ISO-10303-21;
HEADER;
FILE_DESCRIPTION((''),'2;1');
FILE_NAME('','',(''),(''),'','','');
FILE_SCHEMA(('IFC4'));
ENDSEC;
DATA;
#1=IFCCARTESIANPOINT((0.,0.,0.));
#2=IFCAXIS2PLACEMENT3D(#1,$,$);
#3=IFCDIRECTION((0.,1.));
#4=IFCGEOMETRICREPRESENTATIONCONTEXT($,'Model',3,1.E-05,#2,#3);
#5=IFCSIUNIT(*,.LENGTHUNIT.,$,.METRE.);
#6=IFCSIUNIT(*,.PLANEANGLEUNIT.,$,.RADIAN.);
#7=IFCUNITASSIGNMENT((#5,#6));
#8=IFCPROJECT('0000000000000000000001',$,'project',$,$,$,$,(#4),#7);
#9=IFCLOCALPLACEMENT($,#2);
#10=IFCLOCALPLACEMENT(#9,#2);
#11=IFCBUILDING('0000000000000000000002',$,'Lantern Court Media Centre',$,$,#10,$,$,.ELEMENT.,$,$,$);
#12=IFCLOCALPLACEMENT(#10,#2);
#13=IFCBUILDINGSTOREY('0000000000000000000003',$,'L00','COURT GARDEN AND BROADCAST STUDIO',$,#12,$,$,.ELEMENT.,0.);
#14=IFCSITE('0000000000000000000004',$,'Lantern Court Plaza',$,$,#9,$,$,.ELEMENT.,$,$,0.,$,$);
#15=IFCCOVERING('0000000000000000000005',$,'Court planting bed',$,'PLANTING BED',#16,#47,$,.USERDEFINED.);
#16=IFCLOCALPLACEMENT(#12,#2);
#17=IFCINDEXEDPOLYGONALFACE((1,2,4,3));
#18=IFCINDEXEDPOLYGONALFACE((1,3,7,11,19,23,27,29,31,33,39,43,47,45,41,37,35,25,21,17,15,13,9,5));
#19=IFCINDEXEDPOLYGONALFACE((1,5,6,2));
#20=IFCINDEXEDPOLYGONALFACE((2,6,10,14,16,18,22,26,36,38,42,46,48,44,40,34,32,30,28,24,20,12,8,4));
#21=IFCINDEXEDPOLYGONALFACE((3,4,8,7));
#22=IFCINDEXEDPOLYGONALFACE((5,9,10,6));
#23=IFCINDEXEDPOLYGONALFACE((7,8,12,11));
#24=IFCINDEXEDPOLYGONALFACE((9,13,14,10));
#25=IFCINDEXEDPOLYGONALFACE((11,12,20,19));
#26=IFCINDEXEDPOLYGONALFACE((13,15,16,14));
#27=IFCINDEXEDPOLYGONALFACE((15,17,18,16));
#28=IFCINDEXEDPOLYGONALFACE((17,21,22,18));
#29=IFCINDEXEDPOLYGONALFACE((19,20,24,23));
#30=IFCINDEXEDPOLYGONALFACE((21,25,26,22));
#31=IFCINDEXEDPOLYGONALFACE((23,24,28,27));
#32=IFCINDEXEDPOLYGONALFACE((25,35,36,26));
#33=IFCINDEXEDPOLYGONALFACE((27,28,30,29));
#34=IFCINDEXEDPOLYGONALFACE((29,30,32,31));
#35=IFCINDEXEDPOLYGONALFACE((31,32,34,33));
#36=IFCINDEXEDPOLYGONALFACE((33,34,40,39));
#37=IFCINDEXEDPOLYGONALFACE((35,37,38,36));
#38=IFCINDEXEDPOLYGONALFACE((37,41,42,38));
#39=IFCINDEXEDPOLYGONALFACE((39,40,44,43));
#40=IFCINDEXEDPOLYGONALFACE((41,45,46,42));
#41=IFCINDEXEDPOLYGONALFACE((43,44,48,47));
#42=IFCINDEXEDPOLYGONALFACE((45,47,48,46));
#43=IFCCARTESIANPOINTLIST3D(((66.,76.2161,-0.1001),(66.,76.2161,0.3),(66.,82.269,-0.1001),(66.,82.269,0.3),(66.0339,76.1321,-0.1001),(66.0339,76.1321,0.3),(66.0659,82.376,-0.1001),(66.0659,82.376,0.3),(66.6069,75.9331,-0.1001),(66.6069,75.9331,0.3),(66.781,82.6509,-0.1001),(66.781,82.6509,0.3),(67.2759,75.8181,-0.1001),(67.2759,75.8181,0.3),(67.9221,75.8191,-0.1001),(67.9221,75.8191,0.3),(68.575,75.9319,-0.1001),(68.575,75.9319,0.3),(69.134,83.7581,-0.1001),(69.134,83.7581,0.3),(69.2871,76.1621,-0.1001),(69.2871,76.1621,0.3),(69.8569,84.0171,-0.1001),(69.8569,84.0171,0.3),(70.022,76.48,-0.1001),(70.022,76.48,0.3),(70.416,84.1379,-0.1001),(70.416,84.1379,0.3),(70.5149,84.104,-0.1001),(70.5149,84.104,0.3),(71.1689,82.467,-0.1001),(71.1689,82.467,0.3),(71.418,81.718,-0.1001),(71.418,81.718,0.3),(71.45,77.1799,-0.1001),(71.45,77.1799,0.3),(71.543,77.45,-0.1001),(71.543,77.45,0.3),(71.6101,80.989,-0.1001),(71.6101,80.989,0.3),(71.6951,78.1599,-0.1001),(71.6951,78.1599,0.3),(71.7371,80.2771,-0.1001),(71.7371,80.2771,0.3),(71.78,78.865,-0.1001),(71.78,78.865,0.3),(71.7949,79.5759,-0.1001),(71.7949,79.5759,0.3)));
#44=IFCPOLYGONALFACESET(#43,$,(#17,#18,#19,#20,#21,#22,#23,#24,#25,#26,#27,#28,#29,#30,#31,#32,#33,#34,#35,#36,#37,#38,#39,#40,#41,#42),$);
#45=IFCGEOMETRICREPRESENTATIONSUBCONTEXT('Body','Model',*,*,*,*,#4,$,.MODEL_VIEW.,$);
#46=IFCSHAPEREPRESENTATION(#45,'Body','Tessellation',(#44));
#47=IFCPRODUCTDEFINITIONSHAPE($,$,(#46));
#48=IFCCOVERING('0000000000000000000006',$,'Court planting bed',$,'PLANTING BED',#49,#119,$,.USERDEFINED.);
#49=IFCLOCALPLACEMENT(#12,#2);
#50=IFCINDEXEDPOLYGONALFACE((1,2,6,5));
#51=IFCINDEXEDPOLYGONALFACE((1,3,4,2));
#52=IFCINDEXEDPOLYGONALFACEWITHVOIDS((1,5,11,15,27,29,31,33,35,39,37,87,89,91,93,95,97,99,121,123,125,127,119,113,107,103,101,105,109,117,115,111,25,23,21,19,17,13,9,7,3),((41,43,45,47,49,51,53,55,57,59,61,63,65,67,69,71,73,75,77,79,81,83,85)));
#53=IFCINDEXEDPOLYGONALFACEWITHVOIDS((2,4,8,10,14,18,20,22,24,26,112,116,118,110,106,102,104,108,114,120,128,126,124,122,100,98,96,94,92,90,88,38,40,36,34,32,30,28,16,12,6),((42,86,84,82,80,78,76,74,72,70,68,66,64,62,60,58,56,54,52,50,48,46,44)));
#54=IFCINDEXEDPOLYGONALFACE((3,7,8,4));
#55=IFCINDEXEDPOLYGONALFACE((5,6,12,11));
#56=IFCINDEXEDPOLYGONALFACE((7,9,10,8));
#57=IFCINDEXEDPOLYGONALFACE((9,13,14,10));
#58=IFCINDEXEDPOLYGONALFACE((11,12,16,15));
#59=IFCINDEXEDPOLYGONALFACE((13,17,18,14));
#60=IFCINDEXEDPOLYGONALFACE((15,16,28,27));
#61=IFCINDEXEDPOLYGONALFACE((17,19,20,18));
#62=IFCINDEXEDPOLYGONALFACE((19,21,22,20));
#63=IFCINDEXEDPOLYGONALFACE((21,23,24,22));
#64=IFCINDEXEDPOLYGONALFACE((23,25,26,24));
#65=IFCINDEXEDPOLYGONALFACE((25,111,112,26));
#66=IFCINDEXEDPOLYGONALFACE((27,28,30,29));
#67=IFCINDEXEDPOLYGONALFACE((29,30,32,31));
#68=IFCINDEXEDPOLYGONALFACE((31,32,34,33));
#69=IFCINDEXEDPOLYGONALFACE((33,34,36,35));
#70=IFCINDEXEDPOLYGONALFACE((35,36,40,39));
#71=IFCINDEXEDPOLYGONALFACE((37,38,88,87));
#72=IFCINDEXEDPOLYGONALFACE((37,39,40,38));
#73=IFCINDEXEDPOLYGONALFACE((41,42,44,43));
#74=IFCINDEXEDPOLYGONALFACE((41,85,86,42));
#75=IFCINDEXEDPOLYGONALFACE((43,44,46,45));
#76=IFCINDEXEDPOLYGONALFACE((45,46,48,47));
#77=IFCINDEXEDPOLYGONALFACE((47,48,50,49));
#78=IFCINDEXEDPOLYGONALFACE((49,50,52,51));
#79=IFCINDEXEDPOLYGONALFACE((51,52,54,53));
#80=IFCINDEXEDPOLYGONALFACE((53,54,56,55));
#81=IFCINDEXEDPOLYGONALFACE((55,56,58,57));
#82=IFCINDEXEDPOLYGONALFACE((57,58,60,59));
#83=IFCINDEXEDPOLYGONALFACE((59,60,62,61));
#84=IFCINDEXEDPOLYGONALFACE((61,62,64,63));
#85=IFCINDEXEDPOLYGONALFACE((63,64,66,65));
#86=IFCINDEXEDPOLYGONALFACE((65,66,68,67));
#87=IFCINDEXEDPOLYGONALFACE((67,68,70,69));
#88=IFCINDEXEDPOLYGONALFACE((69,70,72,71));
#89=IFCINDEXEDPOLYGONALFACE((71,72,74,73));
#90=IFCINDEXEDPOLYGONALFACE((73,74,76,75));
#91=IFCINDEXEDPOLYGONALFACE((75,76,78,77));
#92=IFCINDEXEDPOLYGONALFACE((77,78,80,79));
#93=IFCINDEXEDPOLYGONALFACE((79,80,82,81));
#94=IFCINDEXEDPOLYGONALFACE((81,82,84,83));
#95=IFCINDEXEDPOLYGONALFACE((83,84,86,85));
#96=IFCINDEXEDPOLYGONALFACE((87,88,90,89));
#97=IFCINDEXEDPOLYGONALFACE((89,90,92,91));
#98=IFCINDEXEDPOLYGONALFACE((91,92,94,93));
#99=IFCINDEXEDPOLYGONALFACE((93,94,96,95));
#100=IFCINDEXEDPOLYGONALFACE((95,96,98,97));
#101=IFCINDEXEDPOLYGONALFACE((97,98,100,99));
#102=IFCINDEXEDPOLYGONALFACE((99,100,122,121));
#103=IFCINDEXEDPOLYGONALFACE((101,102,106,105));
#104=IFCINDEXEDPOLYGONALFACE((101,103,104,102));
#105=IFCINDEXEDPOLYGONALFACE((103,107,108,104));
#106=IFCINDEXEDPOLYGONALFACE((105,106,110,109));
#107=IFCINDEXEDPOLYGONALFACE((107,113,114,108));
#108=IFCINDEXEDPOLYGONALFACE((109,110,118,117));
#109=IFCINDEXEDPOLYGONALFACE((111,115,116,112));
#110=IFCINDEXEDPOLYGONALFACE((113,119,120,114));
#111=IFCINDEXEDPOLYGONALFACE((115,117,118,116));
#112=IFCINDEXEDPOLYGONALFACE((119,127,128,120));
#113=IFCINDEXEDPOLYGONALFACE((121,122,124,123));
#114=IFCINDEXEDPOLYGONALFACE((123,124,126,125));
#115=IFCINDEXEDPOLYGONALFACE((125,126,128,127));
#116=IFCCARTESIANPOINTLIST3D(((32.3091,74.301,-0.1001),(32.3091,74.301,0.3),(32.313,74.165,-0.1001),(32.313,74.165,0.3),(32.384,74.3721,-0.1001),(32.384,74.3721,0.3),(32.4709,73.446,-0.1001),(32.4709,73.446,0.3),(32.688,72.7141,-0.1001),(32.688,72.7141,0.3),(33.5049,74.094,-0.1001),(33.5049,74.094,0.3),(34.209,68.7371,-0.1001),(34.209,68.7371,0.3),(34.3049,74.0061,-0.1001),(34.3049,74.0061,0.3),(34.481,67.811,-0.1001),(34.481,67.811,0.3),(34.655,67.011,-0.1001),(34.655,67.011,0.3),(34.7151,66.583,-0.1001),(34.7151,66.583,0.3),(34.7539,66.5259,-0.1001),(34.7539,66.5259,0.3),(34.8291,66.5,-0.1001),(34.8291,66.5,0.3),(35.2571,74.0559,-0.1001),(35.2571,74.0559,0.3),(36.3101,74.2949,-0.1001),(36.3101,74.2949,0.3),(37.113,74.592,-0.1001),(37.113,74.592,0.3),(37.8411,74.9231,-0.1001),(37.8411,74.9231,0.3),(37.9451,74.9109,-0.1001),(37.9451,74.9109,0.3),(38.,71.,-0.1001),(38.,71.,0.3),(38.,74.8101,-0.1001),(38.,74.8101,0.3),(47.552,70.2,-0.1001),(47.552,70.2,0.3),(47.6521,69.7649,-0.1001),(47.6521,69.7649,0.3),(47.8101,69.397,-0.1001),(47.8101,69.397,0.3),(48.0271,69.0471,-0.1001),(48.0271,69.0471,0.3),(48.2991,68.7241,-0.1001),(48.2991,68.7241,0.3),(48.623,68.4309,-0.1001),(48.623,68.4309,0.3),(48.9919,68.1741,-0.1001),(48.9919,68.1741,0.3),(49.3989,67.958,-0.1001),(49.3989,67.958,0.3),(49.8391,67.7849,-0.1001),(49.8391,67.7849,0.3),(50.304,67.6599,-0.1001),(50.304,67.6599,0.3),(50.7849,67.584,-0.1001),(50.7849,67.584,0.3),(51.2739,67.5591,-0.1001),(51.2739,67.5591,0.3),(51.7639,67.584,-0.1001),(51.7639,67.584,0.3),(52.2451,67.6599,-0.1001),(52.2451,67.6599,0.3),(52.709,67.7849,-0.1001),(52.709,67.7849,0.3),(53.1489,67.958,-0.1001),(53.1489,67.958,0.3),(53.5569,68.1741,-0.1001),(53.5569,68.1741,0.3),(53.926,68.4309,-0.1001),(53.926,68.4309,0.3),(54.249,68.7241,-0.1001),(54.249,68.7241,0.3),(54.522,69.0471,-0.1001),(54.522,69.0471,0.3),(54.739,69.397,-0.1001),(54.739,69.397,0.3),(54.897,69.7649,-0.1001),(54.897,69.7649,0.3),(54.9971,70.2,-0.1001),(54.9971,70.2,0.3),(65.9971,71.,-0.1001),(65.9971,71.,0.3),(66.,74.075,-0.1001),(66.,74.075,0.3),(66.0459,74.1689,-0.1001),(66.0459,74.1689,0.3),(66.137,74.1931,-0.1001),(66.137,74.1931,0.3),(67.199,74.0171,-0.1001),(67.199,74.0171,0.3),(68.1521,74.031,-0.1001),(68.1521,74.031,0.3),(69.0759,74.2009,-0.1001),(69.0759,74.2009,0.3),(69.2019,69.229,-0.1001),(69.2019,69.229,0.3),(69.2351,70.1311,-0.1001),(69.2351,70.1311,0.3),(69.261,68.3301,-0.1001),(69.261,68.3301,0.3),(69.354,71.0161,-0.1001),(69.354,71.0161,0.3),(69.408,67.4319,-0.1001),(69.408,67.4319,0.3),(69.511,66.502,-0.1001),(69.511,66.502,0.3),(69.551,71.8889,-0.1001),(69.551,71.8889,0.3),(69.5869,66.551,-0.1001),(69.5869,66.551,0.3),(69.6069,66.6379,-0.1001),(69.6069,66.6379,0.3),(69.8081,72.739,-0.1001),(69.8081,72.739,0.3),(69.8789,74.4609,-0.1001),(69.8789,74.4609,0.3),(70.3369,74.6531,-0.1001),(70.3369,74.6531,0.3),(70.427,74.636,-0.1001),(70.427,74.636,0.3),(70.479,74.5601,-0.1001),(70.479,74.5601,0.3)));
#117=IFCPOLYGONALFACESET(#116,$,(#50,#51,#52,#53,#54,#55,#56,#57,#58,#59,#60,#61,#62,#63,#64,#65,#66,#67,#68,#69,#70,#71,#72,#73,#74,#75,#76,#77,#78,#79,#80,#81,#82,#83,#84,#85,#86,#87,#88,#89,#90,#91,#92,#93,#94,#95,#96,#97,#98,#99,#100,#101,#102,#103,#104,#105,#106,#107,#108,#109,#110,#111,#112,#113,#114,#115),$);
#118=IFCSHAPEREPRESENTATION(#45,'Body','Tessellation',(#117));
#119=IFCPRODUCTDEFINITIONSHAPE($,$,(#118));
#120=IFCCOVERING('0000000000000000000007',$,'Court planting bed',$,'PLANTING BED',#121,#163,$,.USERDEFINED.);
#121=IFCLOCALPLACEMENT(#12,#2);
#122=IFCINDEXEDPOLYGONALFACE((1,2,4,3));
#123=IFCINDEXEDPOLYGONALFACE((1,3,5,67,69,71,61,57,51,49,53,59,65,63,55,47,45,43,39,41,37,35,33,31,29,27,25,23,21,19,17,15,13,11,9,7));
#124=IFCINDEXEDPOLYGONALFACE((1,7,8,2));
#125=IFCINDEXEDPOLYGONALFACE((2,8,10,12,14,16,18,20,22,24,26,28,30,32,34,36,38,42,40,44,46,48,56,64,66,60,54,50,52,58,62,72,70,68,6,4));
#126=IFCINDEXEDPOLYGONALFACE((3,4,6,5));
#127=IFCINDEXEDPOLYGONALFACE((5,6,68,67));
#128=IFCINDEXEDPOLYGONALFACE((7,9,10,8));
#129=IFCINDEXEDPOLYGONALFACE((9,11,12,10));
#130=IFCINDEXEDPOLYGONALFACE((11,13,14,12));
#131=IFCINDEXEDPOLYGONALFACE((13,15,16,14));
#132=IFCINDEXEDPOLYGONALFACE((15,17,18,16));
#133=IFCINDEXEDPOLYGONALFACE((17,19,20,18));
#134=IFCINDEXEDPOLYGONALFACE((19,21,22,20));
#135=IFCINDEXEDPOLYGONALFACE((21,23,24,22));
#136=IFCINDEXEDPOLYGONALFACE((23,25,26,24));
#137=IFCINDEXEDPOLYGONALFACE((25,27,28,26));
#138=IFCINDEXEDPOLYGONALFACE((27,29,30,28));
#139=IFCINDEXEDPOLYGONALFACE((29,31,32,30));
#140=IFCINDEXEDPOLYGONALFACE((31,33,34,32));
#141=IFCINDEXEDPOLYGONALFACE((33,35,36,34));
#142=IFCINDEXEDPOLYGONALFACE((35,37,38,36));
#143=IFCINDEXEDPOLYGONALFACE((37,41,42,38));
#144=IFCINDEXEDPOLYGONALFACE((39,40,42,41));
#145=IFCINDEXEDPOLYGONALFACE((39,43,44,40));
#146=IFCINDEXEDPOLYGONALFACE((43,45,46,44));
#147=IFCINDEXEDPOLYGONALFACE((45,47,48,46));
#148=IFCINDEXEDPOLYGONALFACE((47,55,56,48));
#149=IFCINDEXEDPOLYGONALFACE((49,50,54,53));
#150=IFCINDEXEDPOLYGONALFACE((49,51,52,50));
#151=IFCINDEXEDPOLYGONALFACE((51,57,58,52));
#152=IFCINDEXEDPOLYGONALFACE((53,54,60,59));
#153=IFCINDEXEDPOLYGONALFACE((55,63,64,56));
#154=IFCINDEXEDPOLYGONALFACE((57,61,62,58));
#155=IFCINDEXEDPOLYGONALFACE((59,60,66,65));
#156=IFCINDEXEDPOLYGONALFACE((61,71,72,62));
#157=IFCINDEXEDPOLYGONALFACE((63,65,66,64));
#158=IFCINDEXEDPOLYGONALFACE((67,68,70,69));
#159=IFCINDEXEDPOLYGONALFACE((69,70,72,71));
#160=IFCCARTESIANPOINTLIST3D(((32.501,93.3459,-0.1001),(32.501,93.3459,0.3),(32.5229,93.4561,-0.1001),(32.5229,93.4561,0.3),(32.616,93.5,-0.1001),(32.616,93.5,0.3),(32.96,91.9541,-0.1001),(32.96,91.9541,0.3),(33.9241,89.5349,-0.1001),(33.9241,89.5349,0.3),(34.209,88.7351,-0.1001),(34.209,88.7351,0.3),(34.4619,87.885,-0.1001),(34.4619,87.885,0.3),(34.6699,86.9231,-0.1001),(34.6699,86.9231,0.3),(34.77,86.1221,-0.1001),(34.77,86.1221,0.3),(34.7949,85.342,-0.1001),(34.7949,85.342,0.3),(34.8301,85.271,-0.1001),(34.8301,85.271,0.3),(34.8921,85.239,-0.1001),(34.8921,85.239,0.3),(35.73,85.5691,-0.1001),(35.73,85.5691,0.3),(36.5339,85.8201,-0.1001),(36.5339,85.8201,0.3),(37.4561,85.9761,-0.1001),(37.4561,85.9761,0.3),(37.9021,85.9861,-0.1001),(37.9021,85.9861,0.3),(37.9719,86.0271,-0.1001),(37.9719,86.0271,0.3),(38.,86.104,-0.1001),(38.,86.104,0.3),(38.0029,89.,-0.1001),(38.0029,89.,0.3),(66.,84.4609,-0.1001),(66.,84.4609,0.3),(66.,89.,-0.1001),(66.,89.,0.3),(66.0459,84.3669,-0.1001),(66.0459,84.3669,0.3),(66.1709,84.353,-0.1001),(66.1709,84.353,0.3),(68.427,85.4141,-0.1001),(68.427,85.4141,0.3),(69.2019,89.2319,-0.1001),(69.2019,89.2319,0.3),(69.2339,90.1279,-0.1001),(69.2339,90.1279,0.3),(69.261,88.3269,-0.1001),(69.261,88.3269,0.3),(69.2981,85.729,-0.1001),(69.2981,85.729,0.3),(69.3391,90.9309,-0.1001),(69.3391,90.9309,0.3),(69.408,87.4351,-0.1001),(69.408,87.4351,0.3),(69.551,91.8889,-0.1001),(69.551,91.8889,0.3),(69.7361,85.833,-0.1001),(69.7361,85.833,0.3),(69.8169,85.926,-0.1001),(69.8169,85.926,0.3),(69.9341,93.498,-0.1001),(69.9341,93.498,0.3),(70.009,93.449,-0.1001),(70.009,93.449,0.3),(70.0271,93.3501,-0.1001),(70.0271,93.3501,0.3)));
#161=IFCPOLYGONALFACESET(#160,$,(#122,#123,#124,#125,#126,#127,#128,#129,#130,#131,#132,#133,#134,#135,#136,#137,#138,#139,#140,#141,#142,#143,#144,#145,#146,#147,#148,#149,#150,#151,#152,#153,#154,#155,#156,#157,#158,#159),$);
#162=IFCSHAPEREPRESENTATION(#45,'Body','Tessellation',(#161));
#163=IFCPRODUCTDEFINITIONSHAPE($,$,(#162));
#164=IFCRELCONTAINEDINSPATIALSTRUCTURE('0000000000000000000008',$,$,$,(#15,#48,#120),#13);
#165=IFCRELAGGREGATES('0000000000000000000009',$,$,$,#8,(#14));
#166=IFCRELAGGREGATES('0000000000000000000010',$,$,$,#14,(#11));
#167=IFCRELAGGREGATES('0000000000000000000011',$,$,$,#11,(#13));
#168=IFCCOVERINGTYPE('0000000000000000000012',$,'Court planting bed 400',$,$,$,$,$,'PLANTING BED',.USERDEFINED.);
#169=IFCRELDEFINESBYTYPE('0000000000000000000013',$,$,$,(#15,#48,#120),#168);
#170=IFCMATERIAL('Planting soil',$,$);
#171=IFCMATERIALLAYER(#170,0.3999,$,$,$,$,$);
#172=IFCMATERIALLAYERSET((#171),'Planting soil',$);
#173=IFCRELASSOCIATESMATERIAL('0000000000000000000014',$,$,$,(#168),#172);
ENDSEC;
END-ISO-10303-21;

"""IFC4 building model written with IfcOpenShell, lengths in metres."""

from ifc_helpers import new_model, si_unit, direction, frame, origin, place, context, subcontext, project, spatial, polyline, outline, extrude, material, layer, layer_set, type_object, element, save


model = new_model("IFC4")

# Units and contexts
model_context = context("Model", 3, precision=1e-05, world=origin(), true_north=direction((0.0, 1.0)))
body_context = subcontext(model_context, "Body", "Model", "MODEL_VIEW")
ifc_project = project(units=[si_unit("LENGTHUNIT", "METRE"), si_unit("PLANEANGLEUNIT", "RADIAN")], contexts=[model_context])

# Site, building, storey
site_placement = place(None, origin())
site = spatial("IfcSite", under=ifc_project, at=site_placement, Name="Lantern Court Plaza", CompositionType="ELEMENT", RefElevation=0.0)
building_placement = place(site_placement, origin())
building = spatial("IfcBuilding", under=site, at=building_placement, Name="Lantern Court Media Centre", CompositionType="ELEMENT")
storey_placement = place(building_placement, origin())
storey = spatial("IfcBuildingStorey", under=building, at=storey_placement, Name="L00", Description="COURT GARDEN AND BROADCAST STUDIO", CompositionType="ELEMENT", Elevation=0.0)

# Coverings
ifc_material_1 = material(Name="Planting soil")
ifc_layer_1 = layer(ifc_material_1, 0.3999)
ifc_layer_set_1 = layer_set([ifc_layer_1], Name="Planting soil")
covering_type_1 = type_object("IfcCoveringType", Name="Court planting bed 400", ElementType="PLANTING BED", PredefinedType="USERDEFINED", material=ifc_layer_set_1)
covering_1_placement = place(storey_placement, frame((0.0, 0.0, -0.1001)))
element("IfcCovering", 1, at=covering_1_placement, inside=storey, type_object=covering_type_1, Name="Court planting bed", ObjectType="PLANTING BED", PredefinedType="USERDEFINED", context=body_context, shape_type="SweptSolid", body=[
    extrude(outline(polyline([(66.781, 82.6509), (69.134, 83.7581), (69.8569, 84.0171), (70.416, 84.1379), (70.5149, 84.104), (71.1689, 82.467), (71.418, 81.718), (71.6101, 80.989), (71.7371, 80.2771), (71.7949, 79.5759), (71.78, 78.865), (71.6951, 78.1599), (71.543, 77.45), (71.45, 77.1799), (70.022, 76.48), (69.2871, 76.1621), (68.575, 75.9319), (67.9221, 75.8191), (67.2759, 75.8181), (66.6069, 75.9331), (66.0339, 76.1321), (66.0, 76.2161), (66.0, 82.269), (66.0659, 82.376), (66.781, 82.6509)])), origin(), (0.0, 0.0, 1.0), 0.4001),
])
covering_2_placement = place(storey_placement, frame((0.0, 0.0, -0.1001)))
element("IfcCovering", 2, at=covering_2_placement, inside=storey, type_object=covering_type_1, Name="Court planting bed", ObjectType="PLANTING BED", PredefinedType="USERDEFINED", context=body_context, shape_type="SweptSolid", body=[
    extrude(outline(polyline([(34.7151, 66.583), (34.655, 67.011), (34.481, 67.811), (34.209, 68.7371), (32.688, 72.7141), (32.4709, 73.446), (32.313, 74.165), (32.3091, 74.301), (32.384, 74.3721), (33.5049, 74.094), (34.3049, 74.0061), (35.2571, 74.0559), (36.3101, 74.2949), (37.113, 74.592), (37.8411, 74.9231), (37.9451, 74.9109), (38.0, 74.8101), (38.0, 71.0), (65.9971, 71.0), (66.0, 74.075), (66.0459, 74.1689), (66.137, 74.1931), (67.199, 74.0171), (68.1521, 74.031), (69.0759, 74.2009), (69.8789, 74.4609), (70.3369, 74.6531), (70.427, 74.636), (70.479, 74.5601), (69.8081, 72.739), (69.551, 71.8889), (69.354, 71.0161), (69.2351, 70.1311), (69.2019, 69.229), (69.261, 68.3301), (69.408, 67.4319), (69.6069, 66.6379), (69.5869, 66.551), (69.511, 66.502), (34.8291, 66.5), (34.7539, 66.5259), (34.7151, 66.583)]), holes=[polyline([(47.6521, 69.7649), (47.8101, 69.397), (48.0271, 69.0471), (48.2991, 68.7241), (48.623, 68.4309), (48.9919, 68.1741), (49.3989, 67.958), (49.8391, 67.7849), (50.304, 67.6599), (50.7849, 67.584), (51.2739, 67.5591), (51.7639, 67.584), (52.2451, 67.6599), (52.709, 67.7849), (53.1489, 67.958), (53.5569, 68.1741), (53.926, 68.4309), (54.249, 68.7241), (54.522, 69.0471), (54.739, 69.397), (54.897, 69.7649), (54.9971, 70.2), (47.552, 70.2), (47.6521, 69.7649)])]), origin(), (0.0, 0.0, 1.0), 0.4001),
])
covering_3_placement = place(storey_placement, frame((0.0, 0.0, -0.1001)))
element("IfcCovering", 3, at=covering_3_placement, inside=storey, type_object=covering_type_1, Name="Court planting bed", ObjectType="PLANTING BED", PredefinedType="USERDEFINED", context=body_context, shape_type="SweptSolid", body=[
    extrude(outline(polyline([(32.616, 93.5), (69.9341, 93.498), (70.009, 93.449), (70.0271, 93.3501), (69.551, 91.8889), (69.3391, 90.9309), (69.2339, 90.1279), (69.2019, 89.2319), (69.261, 88.3269), (69.408, 87.4351), (69.8169, 85.926), (69.7361, 85.833), (69.2981, 85.729), (68.427, 85.4141), (66.1709, 84.353), (66.0459, 84.3669), (66.0, 84.4609), (66.0, 89.0), (38.0029, 89.0), (38.0, 86.104), (37.9719, 86.0271), (37.9021, 85.9861), (37.4561, 85.9761), (36.5339, 85.8201), (35.73, 85.5691), (34.8921, 85.239), (34.8301, 85.271), (34.7949, 85.342), (34.77, 86.1221), (34.6699, 86.9231), (34.4619, 87.885), (34.209, 88.7351), (33.9241, 89.5349), (32.96, 91.9541), (32.501, 93.3459), (32.5229, 93.4561), (32.616, 93.5)])), origin(), (0.0, 0.0, 1.0), 0.4001),
])

save(model, "model.ifc")
